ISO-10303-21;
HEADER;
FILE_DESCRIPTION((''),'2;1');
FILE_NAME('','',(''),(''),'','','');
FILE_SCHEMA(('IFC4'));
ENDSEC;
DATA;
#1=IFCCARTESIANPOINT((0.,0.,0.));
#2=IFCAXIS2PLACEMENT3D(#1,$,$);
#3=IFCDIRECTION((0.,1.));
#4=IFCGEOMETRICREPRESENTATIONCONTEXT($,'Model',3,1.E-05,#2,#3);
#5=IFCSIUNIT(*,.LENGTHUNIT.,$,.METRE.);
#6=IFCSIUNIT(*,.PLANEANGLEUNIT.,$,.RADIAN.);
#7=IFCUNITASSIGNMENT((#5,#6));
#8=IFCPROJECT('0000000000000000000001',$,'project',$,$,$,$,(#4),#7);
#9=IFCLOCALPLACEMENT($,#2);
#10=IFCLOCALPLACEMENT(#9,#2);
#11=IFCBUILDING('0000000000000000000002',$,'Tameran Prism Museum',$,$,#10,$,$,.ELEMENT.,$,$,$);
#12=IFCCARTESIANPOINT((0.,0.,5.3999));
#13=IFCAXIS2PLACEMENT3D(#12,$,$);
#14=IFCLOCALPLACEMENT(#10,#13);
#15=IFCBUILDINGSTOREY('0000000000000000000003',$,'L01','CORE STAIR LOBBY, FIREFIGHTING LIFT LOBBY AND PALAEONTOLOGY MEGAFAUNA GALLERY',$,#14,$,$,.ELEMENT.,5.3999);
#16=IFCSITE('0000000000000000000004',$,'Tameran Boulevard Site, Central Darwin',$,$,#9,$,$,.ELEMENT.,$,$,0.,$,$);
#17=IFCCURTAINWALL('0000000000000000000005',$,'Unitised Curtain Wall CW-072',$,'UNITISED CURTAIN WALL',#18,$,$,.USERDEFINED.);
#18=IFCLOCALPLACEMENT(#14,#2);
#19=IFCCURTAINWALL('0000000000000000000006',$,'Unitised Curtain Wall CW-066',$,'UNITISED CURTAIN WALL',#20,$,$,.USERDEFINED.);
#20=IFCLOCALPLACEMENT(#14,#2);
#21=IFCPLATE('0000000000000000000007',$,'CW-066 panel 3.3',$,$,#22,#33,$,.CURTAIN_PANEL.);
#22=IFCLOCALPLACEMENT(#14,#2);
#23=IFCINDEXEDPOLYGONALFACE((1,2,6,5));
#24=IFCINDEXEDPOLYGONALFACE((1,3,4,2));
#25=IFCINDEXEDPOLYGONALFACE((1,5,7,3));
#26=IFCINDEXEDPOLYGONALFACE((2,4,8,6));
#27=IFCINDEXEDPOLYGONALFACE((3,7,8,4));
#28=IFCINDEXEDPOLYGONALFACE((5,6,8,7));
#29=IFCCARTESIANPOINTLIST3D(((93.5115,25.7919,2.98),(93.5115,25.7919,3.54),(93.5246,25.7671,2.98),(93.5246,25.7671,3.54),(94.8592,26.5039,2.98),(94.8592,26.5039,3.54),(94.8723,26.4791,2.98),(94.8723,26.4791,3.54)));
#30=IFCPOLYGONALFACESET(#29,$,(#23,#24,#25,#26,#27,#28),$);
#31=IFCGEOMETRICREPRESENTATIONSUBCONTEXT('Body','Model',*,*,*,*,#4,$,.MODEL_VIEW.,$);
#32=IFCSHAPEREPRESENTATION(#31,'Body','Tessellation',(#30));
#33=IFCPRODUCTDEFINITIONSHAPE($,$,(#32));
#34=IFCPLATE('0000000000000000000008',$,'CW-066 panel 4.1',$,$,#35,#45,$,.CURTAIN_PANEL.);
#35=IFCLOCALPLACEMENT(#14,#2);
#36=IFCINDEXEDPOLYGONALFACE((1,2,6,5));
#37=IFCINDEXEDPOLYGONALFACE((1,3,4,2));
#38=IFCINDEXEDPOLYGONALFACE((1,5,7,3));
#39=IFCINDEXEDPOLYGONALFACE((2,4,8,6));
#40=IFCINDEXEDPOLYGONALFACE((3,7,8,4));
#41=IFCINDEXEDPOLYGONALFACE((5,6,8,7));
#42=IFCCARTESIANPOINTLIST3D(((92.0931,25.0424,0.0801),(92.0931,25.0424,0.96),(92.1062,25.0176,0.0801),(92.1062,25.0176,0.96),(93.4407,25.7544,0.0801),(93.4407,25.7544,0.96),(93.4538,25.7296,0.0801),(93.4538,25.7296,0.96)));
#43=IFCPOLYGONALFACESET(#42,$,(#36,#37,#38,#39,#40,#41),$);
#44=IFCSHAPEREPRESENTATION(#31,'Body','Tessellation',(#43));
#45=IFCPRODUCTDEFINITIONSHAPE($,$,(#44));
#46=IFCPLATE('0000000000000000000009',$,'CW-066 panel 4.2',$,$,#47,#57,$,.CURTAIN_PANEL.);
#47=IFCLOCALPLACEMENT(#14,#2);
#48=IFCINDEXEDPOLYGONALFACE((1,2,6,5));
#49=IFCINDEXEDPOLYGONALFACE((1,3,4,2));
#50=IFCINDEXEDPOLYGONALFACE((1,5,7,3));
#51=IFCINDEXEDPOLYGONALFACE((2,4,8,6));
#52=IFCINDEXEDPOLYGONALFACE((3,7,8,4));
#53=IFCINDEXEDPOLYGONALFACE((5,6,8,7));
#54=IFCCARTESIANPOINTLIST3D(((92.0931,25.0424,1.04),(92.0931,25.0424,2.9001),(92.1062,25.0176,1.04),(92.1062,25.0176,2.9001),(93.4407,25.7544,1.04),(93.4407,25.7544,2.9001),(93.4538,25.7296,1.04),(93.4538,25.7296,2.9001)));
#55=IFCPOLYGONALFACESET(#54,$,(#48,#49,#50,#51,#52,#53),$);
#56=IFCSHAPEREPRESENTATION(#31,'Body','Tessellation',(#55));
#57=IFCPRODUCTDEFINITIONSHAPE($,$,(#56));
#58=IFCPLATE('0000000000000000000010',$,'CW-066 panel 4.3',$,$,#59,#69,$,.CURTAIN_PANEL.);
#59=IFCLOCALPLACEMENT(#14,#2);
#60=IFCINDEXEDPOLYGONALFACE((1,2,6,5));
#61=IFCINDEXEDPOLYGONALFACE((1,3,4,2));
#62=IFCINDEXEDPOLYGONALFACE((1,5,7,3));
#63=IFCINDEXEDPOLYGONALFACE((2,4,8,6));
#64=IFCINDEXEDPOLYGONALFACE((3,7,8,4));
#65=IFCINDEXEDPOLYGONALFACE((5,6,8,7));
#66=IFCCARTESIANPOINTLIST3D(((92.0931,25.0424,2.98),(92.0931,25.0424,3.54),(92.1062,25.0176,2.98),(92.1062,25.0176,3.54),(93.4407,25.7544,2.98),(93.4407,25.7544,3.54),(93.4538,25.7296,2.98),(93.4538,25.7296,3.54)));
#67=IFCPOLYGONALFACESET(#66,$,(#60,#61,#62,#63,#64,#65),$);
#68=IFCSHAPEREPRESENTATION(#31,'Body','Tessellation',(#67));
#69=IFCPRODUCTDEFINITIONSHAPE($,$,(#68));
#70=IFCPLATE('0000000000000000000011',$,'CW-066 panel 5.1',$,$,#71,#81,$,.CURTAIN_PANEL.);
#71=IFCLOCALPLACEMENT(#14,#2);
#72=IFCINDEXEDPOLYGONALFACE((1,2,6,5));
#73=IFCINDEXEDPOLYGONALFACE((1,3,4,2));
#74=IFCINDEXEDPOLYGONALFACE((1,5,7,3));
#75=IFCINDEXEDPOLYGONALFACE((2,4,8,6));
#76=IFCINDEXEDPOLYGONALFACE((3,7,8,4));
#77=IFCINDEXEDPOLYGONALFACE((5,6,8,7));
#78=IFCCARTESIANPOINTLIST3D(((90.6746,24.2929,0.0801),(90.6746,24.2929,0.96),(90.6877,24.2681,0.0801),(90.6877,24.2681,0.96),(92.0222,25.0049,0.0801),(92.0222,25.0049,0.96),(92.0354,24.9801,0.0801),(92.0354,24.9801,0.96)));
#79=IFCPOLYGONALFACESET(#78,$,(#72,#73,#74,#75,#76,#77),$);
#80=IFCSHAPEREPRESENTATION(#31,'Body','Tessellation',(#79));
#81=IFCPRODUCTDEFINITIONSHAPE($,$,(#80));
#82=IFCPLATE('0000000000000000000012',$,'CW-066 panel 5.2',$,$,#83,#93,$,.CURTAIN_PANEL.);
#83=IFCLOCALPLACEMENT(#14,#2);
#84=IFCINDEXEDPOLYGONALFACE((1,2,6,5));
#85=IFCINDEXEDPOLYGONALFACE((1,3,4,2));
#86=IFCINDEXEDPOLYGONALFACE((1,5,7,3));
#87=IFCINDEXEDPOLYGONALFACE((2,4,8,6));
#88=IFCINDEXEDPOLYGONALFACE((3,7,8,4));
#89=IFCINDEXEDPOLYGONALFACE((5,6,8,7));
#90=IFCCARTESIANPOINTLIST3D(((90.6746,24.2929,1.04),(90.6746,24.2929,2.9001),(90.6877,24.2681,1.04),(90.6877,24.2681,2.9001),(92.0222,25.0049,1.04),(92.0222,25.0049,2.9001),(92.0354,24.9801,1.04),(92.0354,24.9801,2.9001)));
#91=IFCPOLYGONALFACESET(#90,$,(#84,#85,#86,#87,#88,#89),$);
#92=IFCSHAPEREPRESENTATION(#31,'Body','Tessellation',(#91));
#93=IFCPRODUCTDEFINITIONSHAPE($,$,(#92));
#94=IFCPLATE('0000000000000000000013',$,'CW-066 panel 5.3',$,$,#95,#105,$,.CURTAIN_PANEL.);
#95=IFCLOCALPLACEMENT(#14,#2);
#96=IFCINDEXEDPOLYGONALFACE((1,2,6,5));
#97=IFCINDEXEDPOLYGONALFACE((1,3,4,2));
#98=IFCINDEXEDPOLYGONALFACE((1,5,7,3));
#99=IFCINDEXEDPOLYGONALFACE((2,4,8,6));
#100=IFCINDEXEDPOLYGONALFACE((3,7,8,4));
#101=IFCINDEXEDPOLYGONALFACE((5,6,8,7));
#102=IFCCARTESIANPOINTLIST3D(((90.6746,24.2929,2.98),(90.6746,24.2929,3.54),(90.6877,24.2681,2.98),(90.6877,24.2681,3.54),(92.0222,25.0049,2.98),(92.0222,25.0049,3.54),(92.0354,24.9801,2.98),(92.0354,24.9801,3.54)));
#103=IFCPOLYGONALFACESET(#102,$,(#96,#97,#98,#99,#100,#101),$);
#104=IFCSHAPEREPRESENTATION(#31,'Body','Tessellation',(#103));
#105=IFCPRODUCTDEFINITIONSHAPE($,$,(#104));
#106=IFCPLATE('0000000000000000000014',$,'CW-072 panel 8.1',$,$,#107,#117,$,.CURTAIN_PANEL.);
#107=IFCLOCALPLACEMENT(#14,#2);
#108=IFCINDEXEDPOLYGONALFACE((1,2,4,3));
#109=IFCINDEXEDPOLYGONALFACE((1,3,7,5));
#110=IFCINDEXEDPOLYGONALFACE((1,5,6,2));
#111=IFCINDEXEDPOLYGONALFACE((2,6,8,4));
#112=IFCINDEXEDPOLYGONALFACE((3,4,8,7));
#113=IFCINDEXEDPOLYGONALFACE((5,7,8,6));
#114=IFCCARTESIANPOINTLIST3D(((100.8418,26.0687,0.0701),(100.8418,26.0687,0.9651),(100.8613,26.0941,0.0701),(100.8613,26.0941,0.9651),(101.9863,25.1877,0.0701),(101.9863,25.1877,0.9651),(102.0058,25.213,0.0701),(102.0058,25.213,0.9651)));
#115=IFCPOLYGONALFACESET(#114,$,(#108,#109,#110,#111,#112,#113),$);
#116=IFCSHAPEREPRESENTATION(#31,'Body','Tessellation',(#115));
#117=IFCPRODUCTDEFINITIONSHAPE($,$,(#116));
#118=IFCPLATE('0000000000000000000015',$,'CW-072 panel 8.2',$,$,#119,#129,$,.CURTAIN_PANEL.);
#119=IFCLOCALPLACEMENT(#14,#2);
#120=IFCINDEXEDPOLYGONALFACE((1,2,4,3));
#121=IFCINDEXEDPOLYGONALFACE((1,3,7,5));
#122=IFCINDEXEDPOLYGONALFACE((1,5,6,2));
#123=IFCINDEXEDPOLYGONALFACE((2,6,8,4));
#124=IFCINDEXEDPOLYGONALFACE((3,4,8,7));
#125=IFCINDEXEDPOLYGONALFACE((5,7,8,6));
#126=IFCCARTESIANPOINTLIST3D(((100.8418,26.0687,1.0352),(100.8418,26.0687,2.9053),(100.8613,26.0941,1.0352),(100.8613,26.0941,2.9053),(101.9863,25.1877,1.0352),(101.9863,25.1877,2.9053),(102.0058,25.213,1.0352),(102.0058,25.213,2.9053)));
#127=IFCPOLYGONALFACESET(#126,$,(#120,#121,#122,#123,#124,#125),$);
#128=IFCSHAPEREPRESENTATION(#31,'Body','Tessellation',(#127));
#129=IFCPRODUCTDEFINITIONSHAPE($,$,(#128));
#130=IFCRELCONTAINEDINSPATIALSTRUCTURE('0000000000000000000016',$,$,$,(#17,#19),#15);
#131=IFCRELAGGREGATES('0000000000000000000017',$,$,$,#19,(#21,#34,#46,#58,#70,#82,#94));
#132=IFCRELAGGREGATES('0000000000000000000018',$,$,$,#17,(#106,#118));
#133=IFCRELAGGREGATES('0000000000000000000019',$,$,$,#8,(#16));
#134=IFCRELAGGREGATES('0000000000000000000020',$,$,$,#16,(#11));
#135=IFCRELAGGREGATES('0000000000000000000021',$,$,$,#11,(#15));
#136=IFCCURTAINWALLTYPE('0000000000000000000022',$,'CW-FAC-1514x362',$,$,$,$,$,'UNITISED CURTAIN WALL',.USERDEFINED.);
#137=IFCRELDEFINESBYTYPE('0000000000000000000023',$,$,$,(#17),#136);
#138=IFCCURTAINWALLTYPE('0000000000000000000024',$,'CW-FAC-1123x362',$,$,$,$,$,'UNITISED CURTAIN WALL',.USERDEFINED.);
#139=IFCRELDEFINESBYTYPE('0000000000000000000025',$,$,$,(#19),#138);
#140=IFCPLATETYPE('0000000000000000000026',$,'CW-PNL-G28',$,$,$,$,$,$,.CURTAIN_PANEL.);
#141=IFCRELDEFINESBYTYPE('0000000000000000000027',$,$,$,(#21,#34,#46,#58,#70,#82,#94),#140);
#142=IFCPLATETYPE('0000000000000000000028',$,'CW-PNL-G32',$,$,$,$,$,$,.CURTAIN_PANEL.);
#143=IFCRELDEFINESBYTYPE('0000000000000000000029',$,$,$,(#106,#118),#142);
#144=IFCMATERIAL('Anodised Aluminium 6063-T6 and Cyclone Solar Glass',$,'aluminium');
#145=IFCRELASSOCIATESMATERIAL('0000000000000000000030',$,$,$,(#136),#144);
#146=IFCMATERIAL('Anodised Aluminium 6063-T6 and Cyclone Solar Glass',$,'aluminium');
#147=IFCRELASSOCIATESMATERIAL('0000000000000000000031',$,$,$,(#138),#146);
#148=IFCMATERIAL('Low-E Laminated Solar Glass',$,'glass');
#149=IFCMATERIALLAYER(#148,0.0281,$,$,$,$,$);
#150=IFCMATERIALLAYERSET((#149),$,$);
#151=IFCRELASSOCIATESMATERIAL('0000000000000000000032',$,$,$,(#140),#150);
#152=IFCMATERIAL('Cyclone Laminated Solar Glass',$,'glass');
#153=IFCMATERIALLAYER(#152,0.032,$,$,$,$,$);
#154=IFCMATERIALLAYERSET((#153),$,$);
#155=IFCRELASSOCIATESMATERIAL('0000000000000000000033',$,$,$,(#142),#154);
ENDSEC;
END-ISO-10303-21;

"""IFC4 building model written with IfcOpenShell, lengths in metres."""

from ifc_helpers import new_model, si_unit, direction, frame, origin, origin_2d, place, context, subcontext, project, spatial, rectangle, extrude, material, layer, layer_set, type_object, element, aggregate, save


model = new_model("IFC4")

# Units and contexts
model_context = context("Model", 3, precision=1e-05, world=origin(), true_north=direction((0.0, 1.0)))
body_context = subcontext(model_context, "Body", "Model", "MODEL_VIEW")
ifc_project = project(units=[si_unit("LENGTHUNIT", "METRE"), si_unit("PLANEANGLEUNIT", "RADIAN")], contexts=[model_context])

# Site, building, storey
site_placement = place(None, origin())
site = spatial("IfcSite", under=ifc_project, at=site_placement, Name="Tameran Boulevard Site, Central Darwin", CompositionType="ELEMENT", RefElevation=0.0)
building_placement = place(site_placement, origin())
building = spatial("IfcBuilding", under=site, at=building_placement, Name="Tameran Prism Museum", CompositionType="ELEMENT")
storey_placement = place(building_placement, frame((0.0, 0.0, 5.3999)))
storey = spatial("IfcBuildingStorey", under=building, at=storey_placement, Name="L01", Description="CORE STAIR LOBBY, FIREFIGHTING LIFT LOBBY AND PALAEONTOLOGY MEGAFAUNA GALLERY", CompositionType="ELEMENT", Elevation=5.3999)

# Curtain wall
ifc_material_1 = material(Name="Anodised Aluminium 6063-T6 and Cyclone Solar Glass", Category="aluminium")
curtain_wall_type_1 = type_object("IfcCurtainWallType", Name="CW-FAC-1514x362", ElementType="UNITISED CURTAIN WALL", PredefinedType="USERDEFINED", material=ifc_material_1)
curtain_wall_1_placement = place(storey_placement, origin())
curtain_wall_1 = element("IfcCurtainWall", 1, at=curtain_wall_1_placement, inside=storey, type_object=curtain_wall_type_1, Name="Unitised Curtain Wall CW-072", ObjectType="UNITISED CURTAIN WALL", PredefinedType="USERDEFINED")

# Curtain wall
ifc_material_2 = material(Name="Anodised Aluminium 6063-T6 and Cyclone Solar Glass", Category="aluminium")
curtain_wall_type_2 = type_object("IfcCurtainWallType", Name="CW-FAC-1123x362", ElementType="UNITISED CURTAIN WALL", PredefinedType="USERDEFINED", material=ifc_material_2)
curtain_wall_2_placement = place(storey_placement, origin())
curtain_wall_2 = element("IfcCurtainWall", 2, at=curtain_wall_2_placement, inside=storey, type_object=curtain_wall_type_2, Name="Unitised Curtain Wall CW-066", ObjectType="UNITISED CURTAIN WALL", PredefinedType="USERDEFINED")

# Plates
ifc_material_3 = material(Name="Low-E Laminated Solar Glass", Category="glass")
ifc_layer_1 = layer(ifc_material_3, 0.0281)
ifc_layer_set_1 = layer_set([ifc_layer_1])
plate_type_1 = type_object("IfcPlateType", Name="CW-PNL-G28", PredefinedType="CURTAIN_PANEL", material=ifc_layer_set_1)
plate_1_placement = place(storey_placement, frame((94.1919, 26.1355, 2.98), z_axis=(0.0, 0.0, 1.0), x_axis=(-0.884175, -0.467155, 0.0)))
plate_1 = element("IfcPlate", 3, at=plate_1_placement, type_object=plate_type_1, Name="CW-066 panel 3.3", PredefinedType="CURTAIN_PANEL", context=body_context, shape_type="SweptSolid", body=[
    extrude(rectangle(XDim=1.5242, YDim=0.0281, at=origin_2d()), origin(), (0.0, 0.0, 1.0), 0.5601),
])
plate_2_placement = place(storey_placement, frame((92.7734, 25.386, 0.0801), z_axis=(0.0, 0.0, 1.0), x_axis=(-0.884175, -0.467155, 0.0)))
plate_2 = element("IfcPlate", 4, at=plate_2_placement, type_object=plate_type_1, Name="CW-066 panel 4.1", PredefinedType="CURTAIN_PANEL", context=body_context, shape_type="SweptSolid", body=[
    extrude(rectangle(XDim=1.5242, YDim=0.0281, at=origin_2d()), origin(), (0.0, 0.0, 1.0), 0.8799),
])
plate_3_placement = place(storey_placement, frame((92.7734, 25.386, 1.04), z_axis=(0.0, 0.0, 1.0), x_axis=(-0.884175, -0.467155, 0.0)))
plate_3 = element("IfcPlate", 5, at=plate_3_placement, type_object=plate_type_1, Name="CW-066 panel 4.2", PredefinedType="CURTAIN_PANEL", context=body_context, shape_type="SweptSolid", body=[
    extrude(rectangle(XDim=1.5242, YDim=0.0281, at=origin_2d()), origin(), (0.0, 0.0, 1.0), 1.8601),
])
plate_4_placement = place(storey_placement, frame((92.7734, 25.386, 2.98), z_axis=(0.0, 0.0, 1.0), x_axis=(-0.884175, -0.467155, 0.0)))
plate_4 = element("IfcPlate", 6, at=plate_4_placement, type_object=plate_type_1, Name="CW-066 panel 4.3", PredefinedType="CURTAIN_PANEL", context=body_context, shape_type="SweptSolid", body=[
    extrude(rectangle(XDim=1.5242, YDim=0.0281, at=origin_2d()), origin(), (0.0, 0.0, 1.0), 0.5601),
])
plate_5_placement = place(storey_placement, frame((91.355, 24.6365, 0.0801), z_axis=(0.0, 0.0, 1.0), x_axis=(-0.884175, -0.467155, 0.0)))
plate_5 = element("IfcPlate", 7, at=plate_5_placement, type_object=plate_type_1, Name="CW-066 panel 5.1", PredefinedType="CURTAIN_PANEL", context=body_context, shape_type="SweptSolid", body=[
    extrude(rectangle(XDim=1.5242, YDim=0.0281, at=origin_2d()), origin(), (0.0, 0.0, 1.0), 0.8799),
])
plate_6_placement = place(storey_placement, frame((91.355, 24.6365, 1.04), z_axis=(0.0, 0.0, 1.0), x_axis=(-0.884175, -0.467155, 0.0)))
plate_6 = element("IfcPlate", 8, at=plate_6_placement, type_object=plate_type_1, Name="CW-066 panel 5.2", PredefinedType="CURTAIN_PANEL", context=body_context, shape_type="SweptSolid", body=[
    extrude(rectangle(XDim=1.5242, YDim=0.0281, at=origin_2d()), origin(), (0.0, 0.0, 1.0), 1.8601),
])
plate_7_placement = place(storey_placement, frame((91.355, 24.6365, 2.98), z_axis=(0.0, 0.0, 1.0), x_axis=(-0.884175, -0.467155, 0.0)))
plate_7 = element("IfcPlate", 9, at=plate_7_placement, type_object=plate_type_1, Name="CW-066 panel 5.3", PredefinedType="CURTAIN_PANEL", context=body_context, shape_type="SweptSolid", body=[
    extrude(rectangle(XDim=1.5242, YDim=0.0281, at=origin_2d()), origin(), (0.0, 0.0, 1.0), 0.5601),
])
aggregate(curtain_wall_2, [plate_1, plate_2, plate_3, plate_4, plate_5, plate_6, plate_7])
ifc_material_4 = material(Name="Cyclone Laminated Solar Glass", Category="glass")
ifc_layer_2 = layer(ifc_material_4, 0.032)
ifc_layer_set_2 = layer_set([ifc_layer_2])
plate_type_2 = type_object("IfcPlateType", Name="CW-PNL-G32", PredefinedType="CURTAIN_PANEL", material=ifc_layer_set_2)
plate_8_placement = place(storey_placement, frame((101.4238, 25.6409, 0.0701), z_axis=(0.0, 0.0, 1.0), x_axis=(-0.792401, 0.610001, 0.0)))
plate_8 = element("IfcPlate", 10, at=plate_8_placement, type_object=plate_type_2, Name="CW-072 panel 8.1", PredefinedType="CURTAIN_PANEL", context=body_context, shape_type="SweptSolid", body=[
    extrude(rectangle(XDim=1.4443, YDim=0.032, at=origin_2d()), origin(), (0.0, 0.0, 1.0), 0.895),
])
plate_9_placement = place(storey_placement, frame((101.4238, 25.6409, 1.0352), z_axis=(0.0, 0.0, 1.0), x_axis=(-0.792401, 0.610001, 0.0)))
plate_9 = element("IfcPlate", 11, at=plate_9_placement, type_object=plate_type_2, Name="CW-072 panel 8.2", PredefinedType="CURTAIN_PANEL", context=body_context, shape_type="SweptSolid", body=[
    extrude(rectangle(XDim=1.4443, YDim=0.032, at=origin_2d()), origin(), (0.0, 0.0, 1.0), 1.8701),
])
aggregate(curtain_wall_1, [plate_8, plate_9])

save(model, "model.ifc")
